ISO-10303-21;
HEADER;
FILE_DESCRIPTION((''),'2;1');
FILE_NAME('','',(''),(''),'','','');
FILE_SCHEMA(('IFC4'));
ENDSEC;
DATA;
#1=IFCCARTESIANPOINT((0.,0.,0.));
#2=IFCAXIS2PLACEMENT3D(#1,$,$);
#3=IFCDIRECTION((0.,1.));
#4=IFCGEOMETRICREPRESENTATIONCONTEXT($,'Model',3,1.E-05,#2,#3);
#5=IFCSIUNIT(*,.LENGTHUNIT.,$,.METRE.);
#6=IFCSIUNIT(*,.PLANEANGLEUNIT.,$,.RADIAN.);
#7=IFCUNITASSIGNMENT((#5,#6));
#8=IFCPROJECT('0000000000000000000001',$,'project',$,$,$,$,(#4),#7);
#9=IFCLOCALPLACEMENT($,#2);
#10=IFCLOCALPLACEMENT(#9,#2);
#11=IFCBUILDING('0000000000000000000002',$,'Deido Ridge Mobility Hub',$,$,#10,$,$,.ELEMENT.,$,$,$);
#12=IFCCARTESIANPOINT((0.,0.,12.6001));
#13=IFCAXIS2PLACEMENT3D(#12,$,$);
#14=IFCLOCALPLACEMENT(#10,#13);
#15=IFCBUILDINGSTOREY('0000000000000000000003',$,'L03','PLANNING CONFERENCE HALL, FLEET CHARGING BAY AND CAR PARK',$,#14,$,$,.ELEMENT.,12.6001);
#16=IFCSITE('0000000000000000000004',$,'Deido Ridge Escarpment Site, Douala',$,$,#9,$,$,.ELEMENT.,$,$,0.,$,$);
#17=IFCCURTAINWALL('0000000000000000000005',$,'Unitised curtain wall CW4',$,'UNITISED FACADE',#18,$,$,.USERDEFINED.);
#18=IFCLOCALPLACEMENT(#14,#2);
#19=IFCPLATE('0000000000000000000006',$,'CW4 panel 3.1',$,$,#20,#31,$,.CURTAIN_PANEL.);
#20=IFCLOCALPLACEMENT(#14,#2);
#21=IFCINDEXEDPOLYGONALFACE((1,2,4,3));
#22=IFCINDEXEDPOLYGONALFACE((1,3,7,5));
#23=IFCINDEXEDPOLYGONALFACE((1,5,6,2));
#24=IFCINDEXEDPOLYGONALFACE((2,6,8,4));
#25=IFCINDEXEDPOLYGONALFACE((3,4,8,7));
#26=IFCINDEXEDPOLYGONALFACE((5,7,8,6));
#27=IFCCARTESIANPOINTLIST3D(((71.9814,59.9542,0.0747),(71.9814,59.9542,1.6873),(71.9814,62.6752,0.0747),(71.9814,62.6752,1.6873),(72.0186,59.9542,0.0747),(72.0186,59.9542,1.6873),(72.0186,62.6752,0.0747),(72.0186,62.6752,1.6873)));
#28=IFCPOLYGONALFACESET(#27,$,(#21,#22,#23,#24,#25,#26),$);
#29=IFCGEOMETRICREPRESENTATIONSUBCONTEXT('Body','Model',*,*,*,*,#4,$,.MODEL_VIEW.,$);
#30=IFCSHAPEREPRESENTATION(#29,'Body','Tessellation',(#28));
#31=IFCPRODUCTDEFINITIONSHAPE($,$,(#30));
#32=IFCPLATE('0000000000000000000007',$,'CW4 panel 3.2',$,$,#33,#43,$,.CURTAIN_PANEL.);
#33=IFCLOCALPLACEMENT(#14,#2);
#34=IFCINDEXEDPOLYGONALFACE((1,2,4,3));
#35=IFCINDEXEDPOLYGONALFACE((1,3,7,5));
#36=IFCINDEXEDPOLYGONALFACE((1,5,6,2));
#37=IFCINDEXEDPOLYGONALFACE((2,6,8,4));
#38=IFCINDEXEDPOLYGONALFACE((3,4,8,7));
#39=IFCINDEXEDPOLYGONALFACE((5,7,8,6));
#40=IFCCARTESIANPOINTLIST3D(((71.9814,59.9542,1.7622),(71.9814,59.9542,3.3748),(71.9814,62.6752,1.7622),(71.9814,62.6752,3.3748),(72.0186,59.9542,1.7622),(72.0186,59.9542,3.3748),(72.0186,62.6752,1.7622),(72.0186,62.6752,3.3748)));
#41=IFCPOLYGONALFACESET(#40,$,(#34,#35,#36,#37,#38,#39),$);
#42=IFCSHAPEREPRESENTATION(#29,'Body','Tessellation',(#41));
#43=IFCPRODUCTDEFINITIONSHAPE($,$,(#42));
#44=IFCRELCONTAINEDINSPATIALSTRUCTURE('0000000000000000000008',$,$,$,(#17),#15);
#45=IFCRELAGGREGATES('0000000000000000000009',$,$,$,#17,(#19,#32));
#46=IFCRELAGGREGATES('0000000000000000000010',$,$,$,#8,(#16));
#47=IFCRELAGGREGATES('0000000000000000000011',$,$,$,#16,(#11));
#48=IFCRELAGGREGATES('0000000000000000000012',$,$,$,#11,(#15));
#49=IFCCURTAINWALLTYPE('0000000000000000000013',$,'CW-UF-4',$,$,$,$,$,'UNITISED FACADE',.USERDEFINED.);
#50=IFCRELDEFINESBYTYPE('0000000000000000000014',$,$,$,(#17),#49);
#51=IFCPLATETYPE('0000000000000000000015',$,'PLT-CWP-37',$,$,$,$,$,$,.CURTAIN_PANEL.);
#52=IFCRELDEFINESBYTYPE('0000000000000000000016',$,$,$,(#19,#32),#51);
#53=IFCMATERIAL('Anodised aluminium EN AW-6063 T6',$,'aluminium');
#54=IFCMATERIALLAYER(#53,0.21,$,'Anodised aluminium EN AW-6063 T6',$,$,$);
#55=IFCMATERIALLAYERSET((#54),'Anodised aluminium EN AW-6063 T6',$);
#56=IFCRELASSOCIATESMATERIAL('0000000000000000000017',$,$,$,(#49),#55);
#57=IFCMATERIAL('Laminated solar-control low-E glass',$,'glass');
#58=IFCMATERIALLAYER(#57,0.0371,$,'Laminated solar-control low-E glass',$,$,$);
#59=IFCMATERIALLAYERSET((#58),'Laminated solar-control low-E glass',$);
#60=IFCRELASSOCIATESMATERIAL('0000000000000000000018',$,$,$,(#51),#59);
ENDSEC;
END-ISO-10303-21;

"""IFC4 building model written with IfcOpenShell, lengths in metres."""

from ifc_helpers import new_model, si_unit, direction, frame, origin, origin_2d, place, context, subcontext, project, spatial, rectangle, extrude, material, layer, layer_set, type_object, element, aggregate, save


model = new_model("IFC4")

# Units and contexts
model_context = context("Model", 3, precision=1e-05, world=origin(), true_north=direction((0.0, 1.0)))
body_context = subcontext(model_context, "Body", "Model", "MODEL_VIEW")
ifc_project = project(units=[si_unit("LENGTHUNIT", "METRE"), si_unit("PLANEANGLEUNIT", "RADIAN")], contexts=[model_context])

# Site, building, storey
site_placement = place(None, origin())
site = spatial("IfcSite", under=ifc_project, at=site_placement, Name="Deido Ridge Escarpment Site, Douala", CompositionType="ELEMENT", RefElevation=0.0)
building_placement = place(site_placement, origin())
building = spatial("IfcBuilding", under=site, at=building_placement, Name="Deido Ridge Mobility Hub", CompositionType="ELEMENT")
storey_placement = place(building_placement, frame((0.0, 0.0, 12.6001)))
storey = spatial("IfcBuildingStorey", under=building, at=storey_placement, Name="L03", Description="PLANNING CONFERENCE HALL, FLEET CHARGING BAY AND CAR PARK", CompositionType="ELEMENT", Elevation=12.6001)

# Curtain wall
ifc_material_1 = material(Name="Anodised aluminium EN AW-6063 T6", Category="aluminium")
ifc_layer_1 = layer(ifc_material_1, 0.21, Name="Anodised aluminium EN AW-6063 T6")
ifc_layer_set_1 = layer_set([ifc_layer_1], Name="Anodised aluminium EN AW-6063 T6")
curtain_wall_type = type_object("IfcCurtainWallType", Name="CW-UF-4", ElementType="UNITISED FACADE", PredefinedType="USERDEFINED", material=ifc_layer_set_1)
curtain_wall_placement = place(storey_placement, origin())
curtain_wall = element("IfcCurtainWall", 1, at=curtain_wall_placement, inside=storey, type_object=curtain_wall_type, Name="Unitised curtain wall CW4", ObjectType="UNITISED FACADE", PredefinedType="USERDEFINED")

# Plates
ifc_material_2 = material(Name="Laminated solar-control low-E glass", Category="glass")
ifc_layer_2 = layer(ifc_material_2, 0.0371, Name="Laminated solar-control low-E glass")
ifc_layer_set_2 = layer_set([ifc_layer_2], Name="Laminated solar-control low-E glass")
plate_type = type_object("IfcPlateType", Name="PLT-CWP-37", PredefinedType="CURTAIN_PANEL", material=ifc_layer_set_2)
plate_1_placement = place(storey_placement, frame((72.0, 61.3147, 0.0747), z_axis=(0.0, 0.0, 1.0), x_axis=(0.0, 1.0, 0.0)))
plate_1 = element("IfcPlate", 2, at=plate_1_placement, type_object=plate_type, Name="CW4 panel 3.1", PredefinedType="CURTAIN_PANEL", context=body_context, shape_type="SweptSolid", body=[
    extrude(rectangle(XDim=2.7209, YDim=0.0371, at=origin_2d()), origin(), (0.0, 0.0, 1.0), 1.6125),
])
plate_2_placement = place(storey_placement, frame((72.0, 61.3147, 1.7622), z_axis=(0.0, 0.0, 1.0), x_axis=(0.0, 1.0, 0.0)))
plate_2 = element("IfcPlate", 3, at=plate_2_placement, type_object=plate_type, Name="CW4 panel 3.2", PredefinedType="CURTAIN_PANEL", context=body_context, shape_type="SweptSolid", body=[
    extrude(rectangle(XDim=2.7209, YDim=0.0371, at=origin_2d()), origin(), (0.0, 0.0, 1.0), 1.6125),
])
aggregate(curtain_wall, [plate_1, plate_2])

save(model, "model.ifc")
